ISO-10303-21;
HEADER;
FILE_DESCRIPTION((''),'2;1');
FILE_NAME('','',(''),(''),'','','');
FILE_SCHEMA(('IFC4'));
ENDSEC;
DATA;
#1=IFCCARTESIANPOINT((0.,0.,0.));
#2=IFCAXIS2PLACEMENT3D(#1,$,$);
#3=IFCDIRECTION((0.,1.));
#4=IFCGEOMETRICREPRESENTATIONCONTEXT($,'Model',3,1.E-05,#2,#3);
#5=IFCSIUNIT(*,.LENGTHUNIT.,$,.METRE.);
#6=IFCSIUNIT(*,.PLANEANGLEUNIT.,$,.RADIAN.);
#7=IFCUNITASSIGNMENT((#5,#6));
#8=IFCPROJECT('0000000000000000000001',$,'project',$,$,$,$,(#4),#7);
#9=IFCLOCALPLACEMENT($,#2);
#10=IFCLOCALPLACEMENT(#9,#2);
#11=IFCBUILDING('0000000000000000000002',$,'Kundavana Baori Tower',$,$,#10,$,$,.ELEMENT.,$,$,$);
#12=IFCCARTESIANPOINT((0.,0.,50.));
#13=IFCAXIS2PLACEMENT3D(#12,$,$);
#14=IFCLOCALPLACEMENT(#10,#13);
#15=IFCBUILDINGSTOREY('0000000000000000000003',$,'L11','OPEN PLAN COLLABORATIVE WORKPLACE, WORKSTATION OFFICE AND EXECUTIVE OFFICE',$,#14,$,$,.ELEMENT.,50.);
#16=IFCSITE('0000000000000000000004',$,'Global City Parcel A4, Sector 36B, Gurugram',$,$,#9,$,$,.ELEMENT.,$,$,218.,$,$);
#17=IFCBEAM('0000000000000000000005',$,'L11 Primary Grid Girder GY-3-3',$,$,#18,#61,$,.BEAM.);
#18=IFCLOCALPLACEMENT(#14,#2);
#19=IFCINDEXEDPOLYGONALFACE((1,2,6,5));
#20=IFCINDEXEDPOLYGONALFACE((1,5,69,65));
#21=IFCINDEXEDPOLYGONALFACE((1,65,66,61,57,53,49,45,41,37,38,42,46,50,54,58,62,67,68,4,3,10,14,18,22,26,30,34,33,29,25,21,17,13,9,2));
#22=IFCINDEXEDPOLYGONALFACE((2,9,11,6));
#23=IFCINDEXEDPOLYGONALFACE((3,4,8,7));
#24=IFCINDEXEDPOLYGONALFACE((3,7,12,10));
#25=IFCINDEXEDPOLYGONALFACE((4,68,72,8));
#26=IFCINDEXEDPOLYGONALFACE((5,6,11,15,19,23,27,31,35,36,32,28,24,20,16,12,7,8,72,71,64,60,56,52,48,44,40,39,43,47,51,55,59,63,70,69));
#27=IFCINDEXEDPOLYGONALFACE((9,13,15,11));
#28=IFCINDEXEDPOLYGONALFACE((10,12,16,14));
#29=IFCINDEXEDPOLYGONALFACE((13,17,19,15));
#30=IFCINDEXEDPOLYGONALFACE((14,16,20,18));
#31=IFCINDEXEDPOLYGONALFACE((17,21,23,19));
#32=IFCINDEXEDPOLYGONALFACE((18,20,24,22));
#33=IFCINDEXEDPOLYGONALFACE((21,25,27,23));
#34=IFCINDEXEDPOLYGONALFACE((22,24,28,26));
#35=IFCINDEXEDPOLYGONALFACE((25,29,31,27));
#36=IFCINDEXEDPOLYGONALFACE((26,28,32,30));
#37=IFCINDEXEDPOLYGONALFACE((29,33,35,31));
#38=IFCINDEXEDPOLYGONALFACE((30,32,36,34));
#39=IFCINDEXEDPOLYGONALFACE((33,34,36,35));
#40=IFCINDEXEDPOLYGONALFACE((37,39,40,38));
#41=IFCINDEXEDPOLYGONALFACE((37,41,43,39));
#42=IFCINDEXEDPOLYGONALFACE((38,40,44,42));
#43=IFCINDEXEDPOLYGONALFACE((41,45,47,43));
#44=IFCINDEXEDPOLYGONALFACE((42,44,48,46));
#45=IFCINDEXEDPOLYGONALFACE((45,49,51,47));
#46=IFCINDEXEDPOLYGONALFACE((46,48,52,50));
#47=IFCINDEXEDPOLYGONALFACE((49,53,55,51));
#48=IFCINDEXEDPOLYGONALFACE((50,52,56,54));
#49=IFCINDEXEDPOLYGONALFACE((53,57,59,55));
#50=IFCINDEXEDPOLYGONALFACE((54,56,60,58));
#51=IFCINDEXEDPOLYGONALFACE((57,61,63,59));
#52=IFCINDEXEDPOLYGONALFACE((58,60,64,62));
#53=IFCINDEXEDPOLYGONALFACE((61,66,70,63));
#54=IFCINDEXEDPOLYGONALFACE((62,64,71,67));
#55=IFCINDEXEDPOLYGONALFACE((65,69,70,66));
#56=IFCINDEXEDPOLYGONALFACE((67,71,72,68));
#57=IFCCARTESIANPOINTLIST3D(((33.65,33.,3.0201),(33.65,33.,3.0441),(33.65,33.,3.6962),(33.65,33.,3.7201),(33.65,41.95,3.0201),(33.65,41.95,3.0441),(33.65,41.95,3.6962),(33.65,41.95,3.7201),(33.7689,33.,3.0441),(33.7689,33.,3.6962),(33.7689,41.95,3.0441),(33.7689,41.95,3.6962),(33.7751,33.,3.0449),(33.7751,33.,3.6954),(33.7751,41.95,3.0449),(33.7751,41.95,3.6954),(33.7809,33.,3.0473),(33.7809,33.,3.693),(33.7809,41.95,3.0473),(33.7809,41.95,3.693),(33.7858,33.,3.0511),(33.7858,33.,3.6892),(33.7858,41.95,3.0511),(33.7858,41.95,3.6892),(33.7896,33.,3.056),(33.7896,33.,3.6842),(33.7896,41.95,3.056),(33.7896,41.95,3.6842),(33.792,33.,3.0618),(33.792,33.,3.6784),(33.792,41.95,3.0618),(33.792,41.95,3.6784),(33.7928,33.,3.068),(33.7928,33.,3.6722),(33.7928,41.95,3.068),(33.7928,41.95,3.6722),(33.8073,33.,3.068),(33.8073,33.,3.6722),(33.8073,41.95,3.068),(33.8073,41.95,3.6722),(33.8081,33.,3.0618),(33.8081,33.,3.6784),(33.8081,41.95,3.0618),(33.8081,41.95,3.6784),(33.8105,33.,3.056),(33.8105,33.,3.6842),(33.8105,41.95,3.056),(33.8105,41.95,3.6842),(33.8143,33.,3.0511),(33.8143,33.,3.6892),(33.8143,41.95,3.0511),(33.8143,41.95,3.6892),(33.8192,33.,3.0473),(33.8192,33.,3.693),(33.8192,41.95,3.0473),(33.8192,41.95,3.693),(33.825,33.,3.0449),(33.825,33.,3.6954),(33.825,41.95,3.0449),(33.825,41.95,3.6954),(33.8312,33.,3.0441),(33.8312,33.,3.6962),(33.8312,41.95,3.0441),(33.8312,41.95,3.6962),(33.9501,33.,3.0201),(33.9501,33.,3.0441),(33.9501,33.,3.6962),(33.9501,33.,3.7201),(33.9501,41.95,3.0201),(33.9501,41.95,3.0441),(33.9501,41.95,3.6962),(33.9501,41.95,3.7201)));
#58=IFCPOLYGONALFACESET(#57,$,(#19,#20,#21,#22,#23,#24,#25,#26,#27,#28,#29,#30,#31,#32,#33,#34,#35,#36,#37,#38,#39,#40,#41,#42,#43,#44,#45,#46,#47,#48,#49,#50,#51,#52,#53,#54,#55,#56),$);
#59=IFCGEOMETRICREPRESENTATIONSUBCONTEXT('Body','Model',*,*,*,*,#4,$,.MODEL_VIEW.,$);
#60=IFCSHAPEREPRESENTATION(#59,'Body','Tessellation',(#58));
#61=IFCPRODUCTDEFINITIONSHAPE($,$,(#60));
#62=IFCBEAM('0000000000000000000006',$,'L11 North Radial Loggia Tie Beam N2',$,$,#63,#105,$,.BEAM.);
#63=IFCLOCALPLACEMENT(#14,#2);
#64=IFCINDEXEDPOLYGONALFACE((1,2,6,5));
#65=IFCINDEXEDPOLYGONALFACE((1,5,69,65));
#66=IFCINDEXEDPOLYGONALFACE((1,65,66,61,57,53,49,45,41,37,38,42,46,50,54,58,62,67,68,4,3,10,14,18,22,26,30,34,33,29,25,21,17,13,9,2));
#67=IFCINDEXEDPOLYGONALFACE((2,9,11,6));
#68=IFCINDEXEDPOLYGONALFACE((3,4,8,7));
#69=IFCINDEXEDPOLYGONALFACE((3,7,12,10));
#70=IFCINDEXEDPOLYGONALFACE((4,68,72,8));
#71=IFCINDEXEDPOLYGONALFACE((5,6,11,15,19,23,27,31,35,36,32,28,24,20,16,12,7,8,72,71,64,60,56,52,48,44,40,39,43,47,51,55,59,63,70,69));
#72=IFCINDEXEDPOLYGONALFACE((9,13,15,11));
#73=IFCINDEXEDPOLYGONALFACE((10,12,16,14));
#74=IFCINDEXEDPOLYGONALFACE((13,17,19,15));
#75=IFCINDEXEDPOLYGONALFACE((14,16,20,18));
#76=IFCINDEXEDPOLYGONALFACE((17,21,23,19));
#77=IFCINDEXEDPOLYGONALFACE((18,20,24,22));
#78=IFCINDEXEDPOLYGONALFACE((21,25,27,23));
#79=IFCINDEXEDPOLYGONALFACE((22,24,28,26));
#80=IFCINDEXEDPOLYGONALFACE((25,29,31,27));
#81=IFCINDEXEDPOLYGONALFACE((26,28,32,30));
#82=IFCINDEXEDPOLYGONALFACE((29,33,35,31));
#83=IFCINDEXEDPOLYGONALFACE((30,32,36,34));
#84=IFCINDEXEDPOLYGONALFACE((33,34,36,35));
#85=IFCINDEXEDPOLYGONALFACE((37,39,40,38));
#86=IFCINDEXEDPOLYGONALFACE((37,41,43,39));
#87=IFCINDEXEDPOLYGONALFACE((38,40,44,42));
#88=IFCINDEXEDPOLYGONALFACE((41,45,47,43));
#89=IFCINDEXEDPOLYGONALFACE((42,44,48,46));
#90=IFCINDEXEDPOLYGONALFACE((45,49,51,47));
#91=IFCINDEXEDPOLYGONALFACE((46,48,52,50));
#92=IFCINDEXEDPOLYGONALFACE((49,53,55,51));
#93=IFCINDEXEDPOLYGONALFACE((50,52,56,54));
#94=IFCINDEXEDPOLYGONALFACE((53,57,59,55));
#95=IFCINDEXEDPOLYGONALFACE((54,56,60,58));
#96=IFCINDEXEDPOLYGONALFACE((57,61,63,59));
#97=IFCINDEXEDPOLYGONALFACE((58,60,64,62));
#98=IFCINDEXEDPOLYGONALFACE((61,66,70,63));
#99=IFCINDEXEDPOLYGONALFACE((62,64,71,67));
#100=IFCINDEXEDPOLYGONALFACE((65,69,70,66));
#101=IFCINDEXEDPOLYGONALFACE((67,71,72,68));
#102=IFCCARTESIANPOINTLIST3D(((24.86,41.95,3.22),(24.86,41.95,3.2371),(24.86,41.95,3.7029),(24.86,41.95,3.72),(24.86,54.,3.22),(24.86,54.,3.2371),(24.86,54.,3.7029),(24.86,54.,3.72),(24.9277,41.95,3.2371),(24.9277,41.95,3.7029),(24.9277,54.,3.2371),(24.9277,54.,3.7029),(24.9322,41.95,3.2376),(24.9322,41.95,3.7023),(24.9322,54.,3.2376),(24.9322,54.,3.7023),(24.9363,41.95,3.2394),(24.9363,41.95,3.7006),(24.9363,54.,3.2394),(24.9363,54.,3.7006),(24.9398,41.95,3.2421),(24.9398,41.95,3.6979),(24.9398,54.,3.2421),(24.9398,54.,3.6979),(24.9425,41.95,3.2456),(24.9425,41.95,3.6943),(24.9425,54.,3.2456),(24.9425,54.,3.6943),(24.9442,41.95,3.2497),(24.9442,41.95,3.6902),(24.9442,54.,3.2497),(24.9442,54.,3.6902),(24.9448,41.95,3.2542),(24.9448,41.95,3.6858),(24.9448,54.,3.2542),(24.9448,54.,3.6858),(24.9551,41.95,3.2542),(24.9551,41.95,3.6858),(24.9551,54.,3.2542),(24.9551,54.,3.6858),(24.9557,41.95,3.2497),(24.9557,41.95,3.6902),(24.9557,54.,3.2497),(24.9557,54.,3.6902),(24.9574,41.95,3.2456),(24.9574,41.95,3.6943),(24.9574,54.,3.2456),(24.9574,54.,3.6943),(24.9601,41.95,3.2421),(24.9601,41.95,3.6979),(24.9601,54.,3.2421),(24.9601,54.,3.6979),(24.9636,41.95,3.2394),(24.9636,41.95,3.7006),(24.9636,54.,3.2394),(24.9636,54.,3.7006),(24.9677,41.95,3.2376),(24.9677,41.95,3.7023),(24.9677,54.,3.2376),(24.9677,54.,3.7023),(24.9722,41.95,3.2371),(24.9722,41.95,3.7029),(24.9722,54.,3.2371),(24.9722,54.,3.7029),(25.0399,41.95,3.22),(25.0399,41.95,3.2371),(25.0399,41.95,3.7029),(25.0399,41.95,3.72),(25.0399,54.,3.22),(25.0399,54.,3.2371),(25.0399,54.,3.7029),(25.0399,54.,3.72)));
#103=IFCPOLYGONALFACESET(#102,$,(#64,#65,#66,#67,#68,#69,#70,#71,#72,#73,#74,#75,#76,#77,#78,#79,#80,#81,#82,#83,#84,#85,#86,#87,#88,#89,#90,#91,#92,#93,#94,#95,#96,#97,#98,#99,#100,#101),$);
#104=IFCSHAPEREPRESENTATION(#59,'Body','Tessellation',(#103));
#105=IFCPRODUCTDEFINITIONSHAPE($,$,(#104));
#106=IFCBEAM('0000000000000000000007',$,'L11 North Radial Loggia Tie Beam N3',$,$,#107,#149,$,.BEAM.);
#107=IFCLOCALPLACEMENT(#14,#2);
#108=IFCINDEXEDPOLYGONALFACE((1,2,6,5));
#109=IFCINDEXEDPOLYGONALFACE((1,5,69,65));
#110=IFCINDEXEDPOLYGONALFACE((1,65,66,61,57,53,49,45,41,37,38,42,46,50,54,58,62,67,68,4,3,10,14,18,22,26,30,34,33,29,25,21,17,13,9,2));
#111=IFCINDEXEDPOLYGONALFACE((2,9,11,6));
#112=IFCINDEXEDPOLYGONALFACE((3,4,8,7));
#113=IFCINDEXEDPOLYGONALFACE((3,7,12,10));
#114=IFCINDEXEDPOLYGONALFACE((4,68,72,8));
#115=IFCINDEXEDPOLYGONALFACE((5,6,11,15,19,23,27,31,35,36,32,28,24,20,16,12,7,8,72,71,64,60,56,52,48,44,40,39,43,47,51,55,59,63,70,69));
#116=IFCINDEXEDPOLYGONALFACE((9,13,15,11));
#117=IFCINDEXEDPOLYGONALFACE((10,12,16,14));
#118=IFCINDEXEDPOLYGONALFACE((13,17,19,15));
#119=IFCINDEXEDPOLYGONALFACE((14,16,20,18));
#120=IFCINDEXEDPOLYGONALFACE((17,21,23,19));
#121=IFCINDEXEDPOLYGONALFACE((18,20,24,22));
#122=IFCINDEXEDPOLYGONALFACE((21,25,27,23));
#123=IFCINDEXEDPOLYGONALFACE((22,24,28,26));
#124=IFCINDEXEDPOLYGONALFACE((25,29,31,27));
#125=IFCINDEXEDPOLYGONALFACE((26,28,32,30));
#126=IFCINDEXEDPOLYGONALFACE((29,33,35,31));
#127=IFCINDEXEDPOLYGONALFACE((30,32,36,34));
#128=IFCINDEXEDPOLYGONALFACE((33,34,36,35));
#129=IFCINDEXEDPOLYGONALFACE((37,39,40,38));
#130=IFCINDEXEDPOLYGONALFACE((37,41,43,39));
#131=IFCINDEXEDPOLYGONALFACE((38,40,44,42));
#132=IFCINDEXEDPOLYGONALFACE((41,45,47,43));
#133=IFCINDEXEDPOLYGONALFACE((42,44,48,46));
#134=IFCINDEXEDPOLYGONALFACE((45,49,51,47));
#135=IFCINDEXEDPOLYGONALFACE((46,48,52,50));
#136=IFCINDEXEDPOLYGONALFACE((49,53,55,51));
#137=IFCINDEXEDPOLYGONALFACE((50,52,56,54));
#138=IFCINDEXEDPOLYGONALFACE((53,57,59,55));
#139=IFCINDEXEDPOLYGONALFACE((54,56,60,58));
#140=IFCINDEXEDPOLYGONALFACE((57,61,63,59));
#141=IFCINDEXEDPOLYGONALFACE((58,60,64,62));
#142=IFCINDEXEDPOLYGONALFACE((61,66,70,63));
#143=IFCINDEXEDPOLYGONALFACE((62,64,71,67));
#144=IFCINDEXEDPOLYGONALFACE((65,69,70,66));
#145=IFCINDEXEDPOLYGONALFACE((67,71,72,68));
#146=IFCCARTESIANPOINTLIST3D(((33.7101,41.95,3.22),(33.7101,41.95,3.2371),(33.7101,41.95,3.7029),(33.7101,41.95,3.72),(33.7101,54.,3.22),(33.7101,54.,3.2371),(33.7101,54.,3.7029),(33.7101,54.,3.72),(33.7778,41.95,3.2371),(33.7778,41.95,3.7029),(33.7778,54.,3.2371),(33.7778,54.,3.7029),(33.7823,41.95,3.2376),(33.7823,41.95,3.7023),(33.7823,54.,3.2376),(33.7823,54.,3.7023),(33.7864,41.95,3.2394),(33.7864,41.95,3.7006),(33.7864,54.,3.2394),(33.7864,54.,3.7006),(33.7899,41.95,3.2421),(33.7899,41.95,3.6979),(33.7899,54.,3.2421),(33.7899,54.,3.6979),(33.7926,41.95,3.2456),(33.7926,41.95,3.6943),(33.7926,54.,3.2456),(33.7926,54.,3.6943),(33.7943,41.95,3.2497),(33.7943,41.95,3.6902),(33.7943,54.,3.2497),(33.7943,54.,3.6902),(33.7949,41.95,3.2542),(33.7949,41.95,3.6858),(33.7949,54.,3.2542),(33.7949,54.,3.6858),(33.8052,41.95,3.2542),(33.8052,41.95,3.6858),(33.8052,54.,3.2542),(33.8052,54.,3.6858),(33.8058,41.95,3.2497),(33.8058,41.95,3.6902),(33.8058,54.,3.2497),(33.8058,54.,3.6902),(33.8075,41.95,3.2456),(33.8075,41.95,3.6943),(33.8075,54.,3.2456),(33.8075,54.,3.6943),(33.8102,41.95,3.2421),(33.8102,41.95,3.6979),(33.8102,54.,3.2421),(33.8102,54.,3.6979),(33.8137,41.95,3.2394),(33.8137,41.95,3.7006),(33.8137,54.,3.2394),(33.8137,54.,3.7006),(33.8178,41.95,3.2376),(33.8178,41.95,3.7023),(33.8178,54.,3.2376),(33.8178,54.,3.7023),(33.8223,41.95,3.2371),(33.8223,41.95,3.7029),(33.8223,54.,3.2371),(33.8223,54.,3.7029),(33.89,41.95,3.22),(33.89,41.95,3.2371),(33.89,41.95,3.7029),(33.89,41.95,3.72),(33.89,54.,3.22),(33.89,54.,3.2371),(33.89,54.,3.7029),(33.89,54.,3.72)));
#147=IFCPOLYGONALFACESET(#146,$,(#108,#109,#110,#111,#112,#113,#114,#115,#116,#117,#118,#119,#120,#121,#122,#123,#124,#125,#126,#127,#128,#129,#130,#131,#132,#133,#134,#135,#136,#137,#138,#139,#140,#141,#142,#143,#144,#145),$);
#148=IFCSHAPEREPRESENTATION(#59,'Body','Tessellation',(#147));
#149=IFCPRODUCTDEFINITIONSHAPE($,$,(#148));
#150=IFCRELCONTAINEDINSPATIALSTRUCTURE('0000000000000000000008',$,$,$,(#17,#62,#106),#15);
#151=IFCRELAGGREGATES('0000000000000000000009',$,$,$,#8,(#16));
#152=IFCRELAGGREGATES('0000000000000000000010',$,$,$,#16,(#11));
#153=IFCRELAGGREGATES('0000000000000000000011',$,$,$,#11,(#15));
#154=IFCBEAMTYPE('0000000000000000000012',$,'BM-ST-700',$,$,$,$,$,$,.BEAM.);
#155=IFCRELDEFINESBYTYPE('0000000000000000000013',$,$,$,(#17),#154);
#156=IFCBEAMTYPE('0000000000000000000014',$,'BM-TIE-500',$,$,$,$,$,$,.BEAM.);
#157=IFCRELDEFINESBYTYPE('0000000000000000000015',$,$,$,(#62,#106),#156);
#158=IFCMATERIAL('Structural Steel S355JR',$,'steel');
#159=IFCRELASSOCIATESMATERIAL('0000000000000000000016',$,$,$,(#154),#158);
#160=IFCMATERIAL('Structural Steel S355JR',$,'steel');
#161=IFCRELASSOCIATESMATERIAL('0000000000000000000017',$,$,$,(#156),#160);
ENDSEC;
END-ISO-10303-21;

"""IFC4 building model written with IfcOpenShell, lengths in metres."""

from ifc_helpers import new_model, si_unit, direction, frame, origin, origin_2d, place, context, subcontext, project, spatial, i_section, extrude, material, material_profile, profile_set, type_object, element, save


model = new_model("IFC4")

# Units and contexts
model_context = context("Model", 3, precision=1e-05, world=origin(), true_north=direction((0.0, 1.0)))
body_context = subcontext(model_context, "Body", "Model", "MODEL_VIEW")
ifc_project = project(units=[si_unit("LENGTHUNIT", "METRE"), si_unit("PLANEANGLEUNIT", "RADIAN")], contexts=[model_context])

# Site, building, storey
site_placement = place(None, origin())
site = spatial("IfcSite", under=ifc_project, at=site_placement, Name="Global City Parcel A4, Sector 36B, Gurugram", CompositionType="ELEMENT", RefElevation=218.0)
building_placement = place(site_placement, origin())
building = spatial("IfcBuilding", under=site, at=building_placement, Name="Kundavana Baori Tower", CompositionType="ELEMENT")
storey_placement = place(building_placement, frame((0.0, 0.0, 50.0)))
storey = spatial("IfcBuildingStorey", under=building, at=storey_placement, Name="L11", Description="OPEN PLAN COLLABORATIVE WORKPLACE, WORKSTATION OFFICE AND EXECUTIVE OFFICE", CompositionType="ELEMENT", Elevation=50.0)

# Beams
ifc_material_1 = material(Name="Structural Steel S355JR", Category="steel")
ifc_material_profile_1 = material_profile(ifc_material_1, i_section(OverallWidth=0.3, OverallDepth=0.7, WebThickness=0.0144, FlangeThickness=0.0239, FilletRadius=0.0239, at=origin_2d()), Name="NPB 700x300x170")
ifc_profile_set_1 = profile_set([ifc_material_profile_1], Name="Structural Steel S355JR")
beam_type_1 = type_object("IfcBeamType", Name="BM-ST-700", PredefinedType="BEAM", material=ifc_profile_set_1)
beam_1_placement = place(storey_placement, frame((33.8, 33.0, 3.3701), z_axis=(0.0, 1.0, 0.0), x_axis=(-1.0, 0.0, 0.0)))
element("IfcBeam", 1, at=beam_1_placement, inside=storey, type_object=beam_type_1, Name="L11 Primary Grid Girder GY-3-3", PredefinedType="BEAM", context=body_context, shape_type="SweptSolid", body=[
    extrude(i_section(OverallWidth=0.3, OverallDepth=0.7, WebThickness=0.0144, FlangeThickness=0.0239, FilletRadius=0.0239, at=origin_2d()), origin(), (0.0, 0.0, 1.0), 8.95),
])
ifc_material_2 = material(Name="Structural Steel S355JR", Category="steel")
ifc_material_profile_2 = material_profile(ifc_material_2, i_section(OverallWidth=0.1799, OverallDepth=0.5, WebThickness=0.0103, FlangeThickness=0.0171, FilletRadius=0.0171, at=origin_2d()), Name="ISMB 500")
ifc_profile_set_2 = profile_set([ifc_material_profile_2], Name="Structural Steel S355JR")
beam_type_2 = type_object("IfcBeamType", Name="BM-TIE-500", PredefinedType="BEAM", material=ifc_profile_set_2)
for number, where, z_axis, x_axis, name in (
    (2, (24.95, 41.95, 3.47), (0.0, 1.0, 0.0), (-1.0, 0.0, 0.0), "L11 North Radial Loggia Tie Beam N2"),
    (3, (33.8, 41.95, 3.47), (0.0, 1.0, 0.0), (-1.0, 0.0, 0.0), "L11 North Radial Loggia Tie Beam N3"),
):
    element("IfcBeam", number, at=place(storey_placement, frame(where, z_axis=z_axis, x_axis=x_axis)), inside=storey, type_object=beam_type_2, Name=name, PredefinedType="BEAM", context=body_context, shape_type="SweptSolid", body=[
        extrude(i_section(OverallWidth=0.1799, OverallDepth=0.5, WebThickness=0.0103, FlangeThickness=0.0171, FilletRadius=0.0171, at=origin_2d()), origin(), (0.0, 0.0, 1.0), 12.05),
    ])

save(model, "model.ifc")
